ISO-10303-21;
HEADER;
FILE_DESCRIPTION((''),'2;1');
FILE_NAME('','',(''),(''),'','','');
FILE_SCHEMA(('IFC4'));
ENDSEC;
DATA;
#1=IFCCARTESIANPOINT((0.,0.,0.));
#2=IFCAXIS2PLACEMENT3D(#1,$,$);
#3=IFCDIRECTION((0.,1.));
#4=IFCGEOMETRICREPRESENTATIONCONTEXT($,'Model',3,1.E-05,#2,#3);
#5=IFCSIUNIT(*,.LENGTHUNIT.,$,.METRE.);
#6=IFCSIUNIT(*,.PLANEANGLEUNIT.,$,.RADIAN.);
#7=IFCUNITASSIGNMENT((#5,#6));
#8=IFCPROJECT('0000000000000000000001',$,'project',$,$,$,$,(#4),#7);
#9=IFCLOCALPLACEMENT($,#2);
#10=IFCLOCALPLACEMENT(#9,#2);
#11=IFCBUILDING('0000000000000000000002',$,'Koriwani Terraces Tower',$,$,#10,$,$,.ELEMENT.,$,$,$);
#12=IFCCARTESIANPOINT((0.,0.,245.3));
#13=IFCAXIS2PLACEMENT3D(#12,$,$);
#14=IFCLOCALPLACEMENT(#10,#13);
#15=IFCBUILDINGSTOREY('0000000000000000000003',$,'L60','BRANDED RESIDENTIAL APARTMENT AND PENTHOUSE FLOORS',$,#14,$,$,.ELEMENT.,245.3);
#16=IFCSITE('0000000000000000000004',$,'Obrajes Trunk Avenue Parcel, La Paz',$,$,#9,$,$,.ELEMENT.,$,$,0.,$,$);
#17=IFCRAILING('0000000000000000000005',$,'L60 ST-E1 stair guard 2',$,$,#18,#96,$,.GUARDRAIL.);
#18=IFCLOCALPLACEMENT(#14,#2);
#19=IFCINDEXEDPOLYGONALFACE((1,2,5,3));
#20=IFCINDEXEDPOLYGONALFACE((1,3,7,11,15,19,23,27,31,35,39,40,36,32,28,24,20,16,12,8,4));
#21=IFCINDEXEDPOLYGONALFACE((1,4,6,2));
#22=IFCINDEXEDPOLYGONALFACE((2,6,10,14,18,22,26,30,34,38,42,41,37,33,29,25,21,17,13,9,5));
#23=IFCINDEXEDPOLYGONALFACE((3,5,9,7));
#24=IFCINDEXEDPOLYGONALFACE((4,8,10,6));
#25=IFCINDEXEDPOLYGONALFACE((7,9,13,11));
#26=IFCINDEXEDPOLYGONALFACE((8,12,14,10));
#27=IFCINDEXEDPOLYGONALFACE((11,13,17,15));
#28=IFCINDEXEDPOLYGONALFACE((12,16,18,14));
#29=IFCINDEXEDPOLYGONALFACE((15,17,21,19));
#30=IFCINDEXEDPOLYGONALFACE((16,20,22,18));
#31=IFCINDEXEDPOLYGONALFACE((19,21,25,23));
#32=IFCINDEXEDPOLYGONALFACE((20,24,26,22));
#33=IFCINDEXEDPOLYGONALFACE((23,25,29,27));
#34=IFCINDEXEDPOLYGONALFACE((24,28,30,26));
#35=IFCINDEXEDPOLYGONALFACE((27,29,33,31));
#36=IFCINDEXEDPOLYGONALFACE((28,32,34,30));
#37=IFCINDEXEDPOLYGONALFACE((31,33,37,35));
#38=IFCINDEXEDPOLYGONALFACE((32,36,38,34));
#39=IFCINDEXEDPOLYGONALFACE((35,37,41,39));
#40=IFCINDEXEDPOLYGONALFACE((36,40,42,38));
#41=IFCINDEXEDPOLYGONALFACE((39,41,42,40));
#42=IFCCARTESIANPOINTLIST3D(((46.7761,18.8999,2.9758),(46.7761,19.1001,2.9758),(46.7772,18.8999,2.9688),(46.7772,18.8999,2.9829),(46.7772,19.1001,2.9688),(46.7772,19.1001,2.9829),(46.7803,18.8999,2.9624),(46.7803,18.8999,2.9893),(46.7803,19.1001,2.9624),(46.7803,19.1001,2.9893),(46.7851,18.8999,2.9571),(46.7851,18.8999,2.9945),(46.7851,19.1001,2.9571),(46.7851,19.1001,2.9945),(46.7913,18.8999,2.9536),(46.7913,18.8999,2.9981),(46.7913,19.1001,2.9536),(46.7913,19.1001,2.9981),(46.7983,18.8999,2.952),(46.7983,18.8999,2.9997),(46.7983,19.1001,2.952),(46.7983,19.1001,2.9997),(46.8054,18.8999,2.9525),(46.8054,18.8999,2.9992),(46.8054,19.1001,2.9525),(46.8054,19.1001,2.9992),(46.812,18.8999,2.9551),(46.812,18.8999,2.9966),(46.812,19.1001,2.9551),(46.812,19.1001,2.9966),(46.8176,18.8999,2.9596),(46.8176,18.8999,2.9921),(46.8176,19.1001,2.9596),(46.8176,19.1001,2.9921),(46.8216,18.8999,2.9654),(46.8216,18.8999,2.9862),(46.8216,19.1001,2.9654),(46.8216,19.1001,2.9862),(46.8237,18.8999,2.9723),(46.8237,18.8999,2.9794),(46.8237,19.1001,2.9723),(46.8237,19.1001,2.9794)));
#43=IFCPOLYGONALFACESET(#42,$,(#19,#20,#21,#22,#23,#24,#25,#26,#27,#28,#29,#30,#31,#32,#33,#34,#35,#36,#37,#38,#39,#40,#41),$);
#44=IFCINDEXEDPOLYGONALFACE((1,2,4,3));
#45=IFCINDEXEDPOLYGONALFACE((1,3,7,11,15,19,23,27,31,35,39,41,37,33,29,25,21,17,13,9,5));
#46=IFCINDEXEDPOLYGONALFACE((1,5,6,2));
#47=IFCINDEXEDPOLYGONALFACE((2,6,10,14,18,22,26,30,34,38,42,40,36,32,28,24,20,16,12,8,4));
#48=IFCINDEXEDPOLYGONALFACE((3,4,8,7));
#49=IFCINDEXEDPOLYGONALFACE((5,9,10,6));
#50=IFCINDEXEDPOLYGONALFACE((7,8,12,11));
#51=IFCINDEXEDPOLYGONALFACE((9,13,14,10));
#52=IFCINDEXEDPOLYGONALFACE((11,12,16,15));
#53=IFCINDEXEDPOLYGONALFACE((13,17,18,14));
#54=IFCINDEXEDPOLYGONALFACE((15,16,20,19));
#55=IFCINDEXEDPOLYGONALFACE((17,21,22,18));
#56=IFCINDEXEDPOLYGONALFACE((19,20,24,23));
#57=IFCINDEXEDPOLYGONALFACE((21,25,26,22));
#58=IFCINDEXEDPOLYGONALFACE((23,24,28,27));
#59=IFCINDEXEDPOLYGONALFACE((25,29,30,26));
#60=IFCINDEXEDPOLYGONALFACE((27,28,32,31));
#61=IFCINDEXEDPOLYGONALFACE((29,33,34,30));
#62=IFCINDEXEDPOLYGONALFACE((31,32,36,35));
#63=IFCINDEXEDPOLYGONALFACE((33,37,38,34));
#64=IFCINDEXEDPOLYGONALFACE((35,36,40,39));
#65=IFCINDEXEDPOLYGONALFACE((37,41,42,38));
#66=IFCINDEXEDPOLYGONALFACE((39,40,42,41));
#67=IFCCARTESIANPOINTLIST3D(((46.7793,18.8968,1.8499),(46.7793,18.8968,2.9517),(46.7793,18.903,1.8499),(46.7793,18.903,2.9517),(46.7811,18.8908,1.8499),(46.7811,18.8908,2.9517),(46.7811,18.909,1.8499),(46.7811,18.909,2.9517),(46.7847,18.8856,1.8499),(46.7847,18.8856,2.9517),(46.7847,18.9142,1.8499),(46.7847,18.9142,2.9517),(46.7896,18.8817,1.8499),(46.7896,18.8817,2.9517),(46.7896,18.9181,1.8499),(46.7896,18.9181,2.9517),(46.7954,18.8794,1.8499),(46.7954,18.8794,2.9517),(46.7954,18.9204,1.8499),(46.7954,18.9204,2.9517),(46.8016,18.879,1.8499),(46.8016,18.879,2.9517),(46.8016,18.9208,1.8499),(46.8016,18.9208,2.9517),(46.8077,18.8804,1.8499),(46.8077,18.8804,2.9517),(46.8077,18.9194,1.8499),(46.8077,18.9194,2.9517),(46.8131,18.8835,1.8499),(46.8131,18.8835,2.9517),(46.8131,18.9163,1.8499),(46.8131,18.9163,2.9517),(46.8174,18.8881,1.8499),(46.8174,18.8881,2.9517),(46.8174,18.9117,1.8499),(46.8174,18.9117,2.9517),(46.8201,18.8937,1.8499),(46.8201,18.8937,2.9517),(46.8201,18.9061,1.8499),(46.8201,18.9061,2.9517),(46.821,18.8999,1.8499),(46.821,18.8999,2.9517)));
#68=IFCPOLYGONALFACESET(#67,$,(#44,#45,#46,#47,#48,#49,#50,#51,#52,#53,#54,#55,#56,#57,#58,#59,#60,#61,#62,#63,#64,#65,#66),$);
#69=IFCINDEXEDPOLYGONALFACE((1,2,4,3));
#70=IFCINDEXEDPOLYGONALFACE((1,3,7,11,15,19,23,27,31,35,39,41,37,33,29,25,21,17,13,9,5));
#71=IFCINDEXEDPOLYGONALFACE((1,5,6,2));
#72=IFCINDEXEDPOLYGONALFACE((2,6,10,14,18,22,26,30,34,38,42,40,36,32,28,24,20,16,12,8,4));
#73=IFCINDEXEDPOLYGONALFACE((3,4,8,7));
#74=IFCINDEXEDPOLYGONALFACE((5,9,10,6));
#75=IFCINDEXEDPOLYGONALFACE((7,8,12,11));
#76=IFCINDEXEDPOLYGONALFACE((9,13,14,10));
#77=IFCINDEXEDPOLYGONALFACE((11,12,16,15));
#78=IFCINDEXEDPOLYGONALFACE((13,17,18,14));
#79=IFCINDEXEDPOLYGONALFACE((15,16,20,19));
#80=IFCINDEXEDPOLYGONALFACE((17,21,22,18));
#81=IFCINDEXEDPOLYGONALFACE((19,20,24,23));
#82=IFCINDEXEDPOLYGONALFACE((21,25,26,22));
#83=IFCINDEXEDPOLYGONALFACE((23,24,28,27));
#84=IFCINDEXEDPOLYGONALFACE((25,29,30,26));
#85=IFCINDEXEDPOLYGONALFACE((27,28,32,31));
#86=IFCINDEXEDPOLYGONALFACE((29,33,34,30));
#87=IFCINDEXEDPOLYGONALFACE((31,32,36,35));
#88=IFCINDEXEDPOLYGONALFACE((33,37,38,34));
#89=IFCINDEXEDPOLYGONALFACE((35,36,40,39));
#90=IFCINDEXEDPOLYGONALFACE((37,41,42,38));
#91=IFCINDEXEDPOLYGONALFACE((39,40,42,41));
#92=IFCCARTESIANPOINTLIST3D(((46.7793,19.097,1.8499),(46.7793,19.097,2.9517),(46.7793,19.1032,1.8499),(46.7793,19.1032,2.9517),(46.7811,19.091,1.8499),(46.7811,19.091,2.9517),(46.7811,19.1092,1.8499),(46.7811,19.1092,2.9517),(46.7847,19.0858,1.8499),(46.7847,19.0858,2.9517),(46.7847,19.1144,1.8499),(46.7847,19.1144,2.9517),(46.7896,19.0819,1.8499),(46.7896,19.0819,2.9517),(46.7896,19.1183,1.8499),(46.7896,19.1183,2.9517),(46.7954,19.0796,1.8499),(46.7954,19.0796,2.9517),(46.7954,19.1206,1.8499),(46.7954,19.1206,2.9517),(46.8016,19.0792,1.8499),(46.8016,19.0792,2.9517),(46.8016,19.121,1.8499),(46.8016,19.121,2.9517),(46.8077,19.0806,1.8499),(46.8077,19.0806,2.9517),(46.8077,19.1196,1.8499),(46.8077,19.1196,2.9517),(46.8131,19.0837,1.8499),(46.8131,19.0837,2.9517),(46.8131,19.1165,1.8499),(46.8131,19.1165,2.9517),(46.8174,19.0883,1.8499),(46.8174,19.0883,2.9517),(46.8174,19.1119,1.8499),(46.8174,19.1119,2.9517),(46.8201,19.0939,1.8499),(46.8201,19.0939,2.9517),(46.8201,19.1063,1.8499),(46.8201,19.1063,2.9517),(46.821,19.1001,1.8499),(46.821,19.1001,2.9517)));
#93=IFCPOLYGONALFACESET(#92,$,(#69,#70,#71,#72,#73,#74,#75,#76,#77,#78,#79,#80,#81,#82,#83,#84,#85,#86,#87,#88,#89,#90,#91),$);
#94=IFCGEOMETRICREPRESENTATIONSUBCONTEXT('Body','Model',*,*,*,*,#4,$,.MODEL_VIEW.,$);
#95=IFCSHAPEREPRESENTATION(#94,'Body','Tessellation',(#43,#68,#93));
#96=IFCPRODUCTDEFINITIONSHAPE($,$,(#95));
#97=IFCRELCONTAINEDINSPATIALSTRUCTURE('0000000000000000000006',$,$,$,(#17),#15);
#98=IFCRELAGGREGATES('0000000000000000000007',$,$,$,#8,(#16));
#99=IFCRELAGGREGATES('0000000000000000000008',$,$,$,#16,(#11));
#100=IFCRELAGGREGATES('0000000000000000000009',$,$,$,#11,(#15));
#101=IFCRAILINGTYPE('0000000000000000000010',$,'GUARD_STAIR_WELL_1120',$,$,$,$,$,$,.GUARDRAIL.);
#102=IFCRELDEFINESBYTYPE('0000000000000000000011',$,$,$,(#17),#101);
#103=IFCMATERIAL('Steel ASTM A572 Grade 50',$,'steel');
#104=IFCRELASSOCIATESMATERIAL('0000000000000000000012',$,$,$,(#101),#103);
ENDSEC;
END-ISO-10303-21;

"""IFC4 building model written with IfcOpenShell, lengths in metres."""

from ifc_helpers import new_model, si_unit, direction, frame, origin, origin_2d, place, context, subcontext, project, spatial, circle, extrude, material, type_object, element, save


model = new_model("IFC4")

# Units and contexts
model_context = context("Model", 3, precision=1e-05, world=origin(), true_north=direction((0.0, 1.0)))
body_context = subcontext(model_context, "Body", "Model", "MODEL_VIEW")
ifc_project = project(units=[si_unit("LENGTHUNIT", "METRE"), si_unit("PLANEANGLEUNIT", "RADIAN")], contexts=[model_context])

# Site, building, storey
site_placement = place(None, origin())
site = spatial("IfcSite", under=ifc_project, at=site_placement, Name="Obrajes Trunk Avenue Parcel, La Paz", CompositionType="ELEMENT", RefElevation=0.0)
building_placement = place(site_placement, origin())
building = spatial("IfcBuilding", under=site, at=building_placement, Name="Koriwani Terraces Tower", CompositionType="ELEMENT")
storey_placement = place(building_placement, frame((0.0, 0.0, 245.3)))
storey = spatial("IfcBuildingStorey", under=building, at=storey_placement, Name="L60", Description="BRANDED RESIDENTIAL APARTMENT AND PENTHOUSE FLOORS", CompositionType="ELEMENT", Elevation=245.3)

# Shared definitions
ifc_material_1 = material(Name="Steel ASTM A572 Grade 50", Category="steel")

# Railing
railing_type_1 = type_object("IfcRailingType", Name="GUARD_STAIR_WELL_1120", PredefinedType="GUARDRAIL", material=ifc_material_1)
railing_1_placement = place(storey_placement, frame((46.8, 18.8999, 1.8499)))
element("IfcRailing", 1, at=railing_1_placement, inside=storey, type_object=railing_type_1, Name="L60 ST-E1 stair guard 2", PredefinedType="GUARDRAIL", context=body_context, shape_type="SweptSolid", body=[
    extrude(circle(Radius=0.0239, at=origin_2d()), frame((0.0, 0.0, 1.126), z_axis=(0.0, 1.0, 0.0), x_axis=(-1.0, 0.0, 0.0)), (0.0, 0.0, 1.0), 0.2002),
    extrude(circle(Radius=0.021, at=origin_2d()), origin(), (0.0, 0.0, 1.0), 1.1018),
    extrude(circle(Radius=0.021, at=origin_2d()), frame((0.0, 0.2002, 0.0)), (0.0, 0.0, 1.0), 1.1018),
])

save(model, "model.ifc")
